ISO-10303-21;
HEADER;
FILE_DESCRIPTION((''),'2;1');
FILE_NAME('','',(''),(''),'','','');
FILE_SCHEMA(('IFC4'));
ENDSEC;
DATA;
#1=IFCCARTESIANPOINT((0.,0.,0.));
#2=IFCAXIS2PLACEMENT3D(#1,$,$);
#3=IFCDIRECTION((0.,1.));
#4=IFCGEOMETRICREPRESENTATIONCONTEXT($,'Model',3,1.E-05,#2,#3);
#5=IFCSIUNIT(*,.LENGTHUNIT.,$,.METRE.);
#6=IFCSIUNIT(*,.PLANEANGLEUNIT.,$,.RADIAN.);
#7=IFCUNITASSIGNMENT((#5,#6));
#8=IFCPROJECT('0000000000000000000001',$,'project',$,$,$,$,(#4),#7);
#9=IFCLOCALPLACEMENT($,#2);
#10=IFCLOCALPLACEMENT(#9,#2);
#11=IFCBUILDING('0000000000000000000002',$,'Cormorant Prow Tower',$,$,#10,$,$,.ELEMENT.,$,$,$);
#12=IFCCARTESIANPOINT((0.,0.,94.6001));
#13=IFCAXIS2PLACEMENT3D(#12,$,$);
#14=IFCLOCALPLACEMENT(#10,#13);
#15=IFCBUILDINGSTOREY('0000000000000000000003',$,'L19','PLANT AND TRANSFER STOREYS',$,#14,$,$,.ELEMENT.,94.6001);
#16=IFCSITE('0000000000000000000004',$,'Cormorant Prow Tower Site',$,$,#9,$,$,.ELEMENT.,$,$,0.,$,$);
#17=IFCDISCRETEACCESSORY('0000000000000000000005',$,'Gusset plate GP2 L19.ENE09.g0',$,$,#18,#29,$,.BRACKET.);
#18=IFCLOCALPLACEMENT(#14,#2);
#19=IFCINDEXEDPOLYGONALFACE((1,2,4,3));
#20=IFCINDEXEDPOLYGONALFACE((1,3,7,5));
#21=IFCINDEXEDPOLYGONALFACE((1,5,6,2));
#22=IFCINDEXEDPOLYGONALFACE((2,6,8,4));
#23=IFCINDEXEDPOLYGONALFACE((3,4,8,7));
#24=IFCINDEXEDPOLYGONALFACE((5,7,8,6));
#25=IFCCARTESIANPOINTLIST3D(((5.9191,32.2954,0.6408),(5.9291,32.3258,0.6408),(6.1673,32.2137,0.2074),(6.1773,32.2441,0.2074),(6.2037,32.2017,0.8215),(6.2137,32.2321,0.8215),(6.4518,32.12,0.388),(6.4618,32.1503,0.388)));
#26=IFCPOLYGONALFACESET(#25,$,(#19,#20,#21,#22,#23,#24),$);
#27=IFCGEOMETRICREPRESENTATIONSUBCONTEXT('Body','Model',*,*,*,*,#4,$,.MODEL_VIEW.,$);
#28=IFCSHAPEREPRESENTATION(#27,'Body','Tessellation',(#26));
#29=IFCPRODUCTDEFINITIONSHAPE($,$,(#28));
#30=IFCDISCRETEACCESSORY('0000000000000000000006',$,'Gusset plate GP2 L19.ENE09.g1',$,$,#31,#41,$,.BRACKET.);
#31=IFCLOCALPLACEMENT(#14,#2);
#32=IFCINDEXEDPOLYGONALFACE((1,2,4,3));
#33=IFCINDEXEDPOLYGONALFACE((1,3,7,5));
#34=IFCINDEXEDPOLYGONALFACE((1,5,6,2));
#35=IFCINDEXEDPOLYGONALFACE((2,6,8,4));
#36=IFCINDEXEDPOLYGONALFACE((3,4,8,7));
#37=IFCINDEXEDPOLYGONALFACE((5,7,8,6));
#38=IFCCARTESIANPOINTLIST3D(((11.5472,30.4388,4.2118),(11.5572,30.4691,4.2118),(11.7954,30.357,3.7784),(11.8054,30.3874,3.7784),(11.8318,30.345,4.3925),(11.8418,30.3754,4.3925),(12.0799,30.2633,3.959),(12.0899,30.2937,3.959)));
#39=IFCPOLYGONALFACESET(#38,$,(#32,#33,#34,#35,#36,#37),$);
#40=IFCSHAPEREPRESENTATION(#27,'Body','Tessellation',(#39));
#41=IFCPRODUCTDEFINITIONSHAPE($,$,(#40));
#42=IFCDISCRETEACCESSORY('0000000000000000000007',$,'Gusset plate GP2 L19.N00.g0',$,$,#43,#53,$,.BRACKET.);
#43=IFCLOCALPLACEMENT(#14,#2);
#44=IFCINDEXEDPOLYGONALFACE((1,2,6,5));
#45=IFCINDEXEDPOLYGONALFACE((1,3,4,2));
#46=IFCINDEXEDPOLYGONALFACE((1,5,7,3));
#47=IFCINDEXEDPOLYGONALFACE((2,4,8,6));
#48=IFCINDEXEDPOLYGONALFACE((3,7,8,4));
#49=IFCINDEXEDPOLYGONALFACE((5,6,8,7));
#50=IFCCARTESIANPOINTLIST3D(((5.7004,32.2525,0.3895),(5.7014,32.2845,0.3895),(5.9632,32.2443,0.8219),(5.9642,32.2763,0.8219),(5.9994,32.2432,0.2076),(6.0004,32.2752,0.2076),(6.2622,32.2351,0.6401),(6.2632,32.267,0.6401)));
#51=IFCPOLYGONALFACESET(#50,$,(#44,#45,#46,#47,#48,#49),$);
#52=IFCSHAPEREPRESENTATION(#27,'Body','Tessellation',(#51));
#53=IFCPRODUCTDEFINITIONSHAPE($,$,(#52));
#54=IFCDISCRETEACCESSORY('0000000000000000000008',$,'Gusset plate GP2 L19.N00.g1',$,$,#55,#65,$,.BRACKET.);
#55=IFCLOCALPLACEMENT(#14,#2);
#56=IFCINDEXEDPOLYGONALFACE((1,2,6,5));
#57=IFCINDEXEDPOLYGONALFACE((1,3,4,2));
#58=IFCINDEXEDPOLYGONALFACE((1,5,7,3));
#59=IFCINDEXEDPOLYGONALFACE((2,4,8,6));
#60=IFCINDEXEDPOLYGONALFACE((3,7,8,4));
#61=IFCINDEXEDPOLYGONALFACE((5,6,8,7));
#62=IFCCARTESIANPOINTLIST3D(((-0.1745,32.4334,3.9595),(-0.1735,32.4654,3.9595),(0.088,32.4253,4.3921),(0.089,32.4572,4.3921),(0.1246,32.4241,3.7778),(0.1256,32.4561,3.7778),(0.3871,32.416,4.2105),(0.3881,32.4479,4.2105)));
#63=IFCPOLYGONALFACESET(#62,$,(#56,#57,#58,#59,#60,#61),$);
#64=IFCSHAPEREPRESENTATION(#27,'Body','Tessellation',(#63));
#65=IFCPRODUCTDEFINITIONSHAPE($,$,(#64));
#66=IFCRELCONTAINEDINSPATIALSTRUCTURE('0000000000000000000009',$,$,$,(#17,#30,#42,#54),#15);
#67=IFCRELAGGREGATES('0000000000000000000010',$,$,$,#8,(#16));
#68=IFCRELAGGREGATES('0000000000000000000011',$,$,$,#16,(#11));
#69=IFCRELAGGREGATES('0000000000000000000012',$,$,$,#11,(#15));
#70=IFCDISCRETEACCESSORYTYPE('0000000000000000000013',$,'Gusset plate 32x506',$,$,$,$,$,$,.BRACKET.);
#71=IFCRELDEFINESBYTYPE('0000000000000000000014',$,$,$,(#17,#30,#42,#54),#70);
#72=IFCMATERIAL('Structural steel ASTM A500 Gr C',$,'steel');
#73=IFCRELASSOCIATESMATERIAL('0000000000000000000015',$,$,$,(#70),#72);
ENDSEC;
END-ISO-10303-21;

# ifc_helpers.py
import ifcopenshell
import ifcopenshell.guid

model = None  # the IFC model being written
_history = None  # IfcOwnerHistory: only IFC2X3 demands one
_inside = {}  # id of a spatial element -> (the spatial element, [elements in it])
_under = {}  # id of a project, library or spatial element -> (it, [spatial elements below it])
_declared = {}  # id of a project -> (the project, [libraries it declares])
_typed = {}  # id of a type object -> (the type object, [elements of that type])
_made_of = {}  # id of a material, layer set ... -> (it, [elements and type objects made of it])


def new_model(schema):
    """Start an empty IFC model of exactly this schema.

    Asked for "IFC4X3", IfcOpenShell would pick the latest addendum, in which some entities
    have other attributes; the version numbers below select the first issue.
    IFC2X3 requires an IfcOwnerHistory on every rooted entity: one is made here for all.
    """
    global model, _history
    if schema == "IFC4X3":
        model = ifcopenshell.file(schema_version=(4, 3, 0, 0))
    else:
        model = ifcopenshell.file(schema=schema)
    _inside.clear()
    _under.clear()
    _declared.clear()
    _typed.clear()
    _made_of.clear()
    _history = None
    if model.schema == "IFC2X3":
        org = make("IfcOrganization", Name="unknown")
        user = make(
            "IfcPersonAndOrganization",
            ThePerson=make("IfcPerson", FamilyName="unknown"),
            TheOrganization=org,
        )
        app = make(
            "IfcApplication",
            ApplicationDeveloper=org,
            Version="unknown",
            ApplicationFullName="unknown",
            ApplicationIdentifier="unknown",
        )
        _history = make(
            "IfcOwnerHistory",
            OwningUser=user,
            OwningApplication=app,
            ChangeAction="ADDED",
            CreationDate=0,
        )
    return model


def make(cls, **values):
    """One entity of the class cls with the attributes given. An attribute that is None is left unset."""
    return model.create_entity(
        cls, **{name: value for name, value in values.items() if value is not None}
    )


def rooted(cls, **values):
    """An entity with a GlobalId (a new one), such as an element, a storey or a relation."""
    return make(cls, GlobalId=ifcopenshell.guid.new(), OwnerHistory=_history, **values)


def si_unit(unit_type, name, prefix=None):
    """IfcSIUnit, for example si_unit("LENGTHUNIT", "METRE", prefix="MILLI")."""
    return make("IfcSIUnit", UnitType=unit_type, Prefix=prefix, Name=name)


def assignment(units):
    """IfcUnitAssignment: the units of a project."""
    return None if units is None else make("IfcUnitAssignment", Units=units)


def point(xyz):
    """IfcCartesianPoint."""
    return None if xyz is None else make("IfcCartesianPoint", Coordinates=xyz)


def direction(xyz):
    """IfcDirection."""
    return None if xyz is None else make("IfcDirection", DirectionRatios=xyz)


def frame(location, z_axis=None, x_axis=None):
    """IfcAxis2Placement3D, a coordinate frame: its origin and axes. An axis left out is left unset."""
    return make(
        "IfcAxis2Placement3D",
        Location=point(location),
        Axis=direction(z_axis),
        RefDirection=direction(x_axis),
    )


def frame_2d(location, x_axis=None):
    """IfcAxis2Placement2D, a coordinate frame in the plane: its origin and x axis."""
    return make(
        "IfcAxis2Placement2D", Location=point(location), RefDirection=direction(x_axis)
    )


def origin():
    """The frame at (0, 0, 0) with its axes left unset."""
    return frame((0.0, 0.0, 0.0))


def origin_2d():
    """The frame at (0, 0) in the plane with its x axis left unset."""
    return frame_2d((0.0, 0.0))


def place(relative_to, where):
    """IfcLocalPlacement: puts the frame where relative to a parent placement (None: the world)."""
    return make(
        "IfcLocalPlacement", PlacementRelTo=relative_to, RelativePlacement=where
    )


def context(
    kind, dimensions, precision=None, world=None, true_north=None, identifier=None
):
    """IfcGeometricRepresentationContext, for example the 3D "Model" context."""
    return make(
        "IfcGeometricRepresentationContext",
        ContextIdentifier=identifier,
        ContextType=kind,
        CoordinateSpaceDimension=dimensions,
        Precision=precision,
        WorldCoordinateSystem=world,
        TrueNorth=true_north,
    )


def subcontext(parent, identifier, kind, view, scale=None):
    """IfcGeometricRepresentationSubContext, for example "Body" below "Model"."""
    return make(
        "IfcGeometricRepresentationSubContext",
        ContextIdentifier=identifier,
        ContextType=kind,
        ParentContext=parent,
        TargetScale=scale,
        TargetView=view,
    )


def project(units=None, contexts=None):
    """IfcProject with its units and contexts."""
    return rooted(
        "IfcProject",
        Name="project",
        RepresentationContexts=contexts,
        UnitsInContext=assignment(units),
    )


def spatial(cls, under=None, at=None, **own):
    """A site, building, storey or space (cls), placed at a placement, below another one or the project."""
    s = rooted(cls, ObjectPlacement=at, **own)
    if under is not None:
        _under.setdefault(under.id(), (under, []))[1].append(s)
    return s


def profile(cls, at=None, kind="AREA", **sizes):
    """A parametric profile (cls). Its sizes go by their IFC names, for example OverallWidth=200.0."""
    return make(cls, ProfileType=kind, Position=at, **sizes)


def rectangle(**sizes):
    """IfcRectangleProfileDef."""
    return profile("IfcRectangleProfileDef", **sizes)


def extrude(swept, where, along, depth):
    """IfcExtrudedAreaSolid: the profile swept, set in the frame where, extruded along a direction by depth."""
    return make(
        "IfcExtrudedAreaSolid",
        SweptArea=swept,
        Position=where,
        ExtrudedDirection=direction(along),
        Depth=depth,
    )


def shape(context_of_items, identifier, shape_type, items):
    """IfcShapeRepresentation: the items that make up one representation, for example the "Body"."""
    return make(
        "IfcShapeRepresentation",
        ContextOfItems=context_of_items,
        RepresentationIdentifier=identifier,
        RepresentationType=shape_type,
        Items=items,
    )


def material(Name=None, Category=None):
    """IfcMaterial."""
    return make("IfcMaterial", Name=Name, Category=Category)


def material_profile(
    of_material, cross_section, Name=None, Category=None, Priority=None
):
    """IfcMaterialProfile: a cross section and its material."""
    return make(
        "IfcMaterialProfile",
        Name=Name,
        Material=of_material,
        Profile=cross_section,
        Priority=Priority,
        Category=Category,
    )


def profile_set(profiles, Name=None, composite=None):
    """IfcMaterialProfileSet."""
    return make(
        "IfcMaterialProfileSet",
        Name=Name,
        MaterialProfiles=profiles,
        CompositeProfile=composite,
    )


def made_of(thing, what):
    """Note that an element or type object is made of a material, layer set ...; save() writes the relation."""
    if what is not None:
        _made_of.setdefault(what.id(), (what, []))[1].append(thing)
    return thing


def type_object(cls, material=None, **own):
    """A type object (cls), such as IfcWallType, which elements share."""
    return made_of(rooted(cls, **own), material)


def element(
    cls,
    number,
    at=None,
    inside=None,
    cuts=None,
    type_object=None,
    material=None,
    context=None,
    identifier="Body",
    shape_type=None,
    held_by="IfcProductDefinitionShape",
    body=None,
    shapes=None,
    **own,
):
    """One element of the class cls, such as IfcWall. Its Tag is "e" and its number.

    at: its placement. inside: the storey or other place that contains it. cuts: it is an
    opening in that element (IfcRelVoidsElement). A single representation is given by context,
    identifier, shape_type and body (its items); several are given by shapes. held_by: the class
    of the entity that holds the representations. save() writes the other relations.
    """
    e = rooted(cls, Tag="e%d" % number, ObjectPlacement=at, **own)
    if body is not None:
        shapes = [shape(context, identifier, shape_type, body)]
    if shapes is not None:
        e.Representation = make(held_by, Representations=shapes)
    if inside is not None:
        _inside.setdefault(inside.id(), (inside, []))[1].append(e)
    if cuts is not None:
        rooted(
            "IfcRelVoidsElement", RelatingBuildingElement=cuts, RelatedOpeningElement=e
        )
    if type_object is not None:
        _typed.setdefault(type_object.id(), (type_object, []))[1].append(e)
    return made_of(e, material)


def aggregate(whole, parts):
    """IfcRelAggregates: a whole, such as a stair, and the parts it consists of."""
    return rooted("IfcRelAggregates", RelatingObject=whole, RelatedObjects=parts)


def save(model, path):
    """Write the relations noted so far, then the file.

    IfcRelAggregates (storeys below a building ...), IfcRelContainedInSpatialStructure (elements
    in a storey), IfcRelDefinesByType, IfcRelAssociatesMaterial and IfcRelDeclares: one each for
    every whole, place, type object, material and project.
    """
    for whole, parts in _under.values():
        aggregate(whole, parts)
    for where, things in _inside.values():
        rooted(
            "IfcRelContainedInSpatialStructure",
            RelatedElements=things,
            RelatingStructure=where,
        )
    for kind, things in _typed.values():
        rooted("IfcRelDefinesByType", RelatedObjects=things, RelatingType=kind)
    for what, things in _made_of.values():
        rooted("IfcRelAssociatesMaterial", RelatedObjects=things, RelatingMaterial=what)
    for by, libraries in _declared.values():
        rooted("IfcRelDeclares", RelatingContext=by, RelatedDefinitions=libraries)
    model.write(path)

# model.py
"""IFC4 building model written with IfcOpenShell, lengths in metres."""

from ifc_helpers import new_model, si_unit, direction, frame, origin, origin_2d, place, context, subcontext, project, spatial, rectangle, extrude, material, material_profile, profile_set, type_object, element, save


model = new_model("IFC4")

# Units and contexts
model_context = context("Model", 3, precision=1e-05, world=origin(), true_north=direction((0.0, 1.0)))
body_context = subcontext(model_context, "Body", "Model", "MODEL_VIEW")
ifc_project = project(units=[si_unit("LENGTHUNIT", "METRE"), si_unit("PLANEANGLEUNIT", "RADIAN")], contexts=[model_context])

# Site, building, storey
site_placement = place(None, origin())
site = spatial("IfcSite", under=ifc_project, at=site_placement, Name="Cormorant Prow Tower Site", CompositionType="ELEMENT", RefElevation=0.0)
building_placement = place(site_placement, origin())
building = spatial("IfcBuilding", under=site, at=building_placement, Name="Cormorant Prow Tower", CompositionType="ELEMENT")
storey_placement = place(building_placement, frame((0.0, 0.0, 94.6001)))
storey = spatial("IfcBuildingStorey", under=building, at=storey_placement, Name="L19", Description="PLANT AND TRANSFER STOREYS", CompositionType="ELEMENT", Elevation=94.6001)

# Discrete accessories
ifc_material_1 = material(Name="Structural steel ASTM A500 Gr C", Category="steel")
ifc_material_profile_1 = material_profile(ifc_material_1, rectangle(XDim=0.032, YDim=0.5061, at=origin_2d()), Name="Gusset plate 32x506")
ifc_profile_set_1 = profile_set([ifc_material_profile_1], Name="Structural steel ASTM A500 Gr C")
discrete_accessory_type_1 = type_object("IfcDiscreteAccessoryType", Name="Gusset plate 32x506", PredefinedType="BRACKET", material=ifc_profile_set_1)
for number, where, z_axis, x_axis, name in (
    (1, (6.3328, 32.176, 0.6047), (-0.813455, 0.267896, -0.516258), (-0.312804, -0.949818, 0.0), "Gusset plate GP2 L19.ENE09.g0"),
    (2, (11.6763, 30.4131, 3.9951), (0.813455, -0.267896, 0.516258), (0.312804, 0.949818, 0.0), "Gusset plate GP2 L19.ENE09.g1"),
):
    element("IfcDiscreteAccessory", number, at=place(storey_placement, frame(where, z_axis=z_axis, x_axis=x_axis)), inside=storey, type_object=discrete_accessory_type_1, Name=name, PredefinedType="BRACKET", context=body_context, shape_type="SweptSolid", body=[
        extrude(rectangle(XDim=0.032, YDim=0.5061, at=origin_2d()), origin(), (0.0, 0.0, 1.0), 0.3499),
    ])
for number, where, z_axis, x_axis, name in (
    (3, (5.8323, 32.2644, 0.6057), (0.854101, -0.026495, -0.519433), (0.031005, 0.999519, 0.0), "Gusset plate GP2 L19.N00.g0"),
    (4, (0.2563, 32.436, 3.9941), (-0.85441, 0.026504, 0.518923), (-0.031005, -0.999519, 0.0), "Gusset plate GP2 L19.N00.g1"),
):
    element("IfcDiscreteAccessory", number, at=place(storey_placement, frame(where, z_axis=z_axis, x_axis=x_axis)), inside=storey, type_object=discrete_accessory_type_1, Name=name, PredefinedType="BRACKET", context=body_context, shape_type="SweptSolid", body=[
        extrude(rectangle(XDim=0.032, YDim=0.5061, at=origin_2d()), origin(), (0.0, 0.0, 1.0), 0.3501),
    ])

save(model, "model.ifc")
